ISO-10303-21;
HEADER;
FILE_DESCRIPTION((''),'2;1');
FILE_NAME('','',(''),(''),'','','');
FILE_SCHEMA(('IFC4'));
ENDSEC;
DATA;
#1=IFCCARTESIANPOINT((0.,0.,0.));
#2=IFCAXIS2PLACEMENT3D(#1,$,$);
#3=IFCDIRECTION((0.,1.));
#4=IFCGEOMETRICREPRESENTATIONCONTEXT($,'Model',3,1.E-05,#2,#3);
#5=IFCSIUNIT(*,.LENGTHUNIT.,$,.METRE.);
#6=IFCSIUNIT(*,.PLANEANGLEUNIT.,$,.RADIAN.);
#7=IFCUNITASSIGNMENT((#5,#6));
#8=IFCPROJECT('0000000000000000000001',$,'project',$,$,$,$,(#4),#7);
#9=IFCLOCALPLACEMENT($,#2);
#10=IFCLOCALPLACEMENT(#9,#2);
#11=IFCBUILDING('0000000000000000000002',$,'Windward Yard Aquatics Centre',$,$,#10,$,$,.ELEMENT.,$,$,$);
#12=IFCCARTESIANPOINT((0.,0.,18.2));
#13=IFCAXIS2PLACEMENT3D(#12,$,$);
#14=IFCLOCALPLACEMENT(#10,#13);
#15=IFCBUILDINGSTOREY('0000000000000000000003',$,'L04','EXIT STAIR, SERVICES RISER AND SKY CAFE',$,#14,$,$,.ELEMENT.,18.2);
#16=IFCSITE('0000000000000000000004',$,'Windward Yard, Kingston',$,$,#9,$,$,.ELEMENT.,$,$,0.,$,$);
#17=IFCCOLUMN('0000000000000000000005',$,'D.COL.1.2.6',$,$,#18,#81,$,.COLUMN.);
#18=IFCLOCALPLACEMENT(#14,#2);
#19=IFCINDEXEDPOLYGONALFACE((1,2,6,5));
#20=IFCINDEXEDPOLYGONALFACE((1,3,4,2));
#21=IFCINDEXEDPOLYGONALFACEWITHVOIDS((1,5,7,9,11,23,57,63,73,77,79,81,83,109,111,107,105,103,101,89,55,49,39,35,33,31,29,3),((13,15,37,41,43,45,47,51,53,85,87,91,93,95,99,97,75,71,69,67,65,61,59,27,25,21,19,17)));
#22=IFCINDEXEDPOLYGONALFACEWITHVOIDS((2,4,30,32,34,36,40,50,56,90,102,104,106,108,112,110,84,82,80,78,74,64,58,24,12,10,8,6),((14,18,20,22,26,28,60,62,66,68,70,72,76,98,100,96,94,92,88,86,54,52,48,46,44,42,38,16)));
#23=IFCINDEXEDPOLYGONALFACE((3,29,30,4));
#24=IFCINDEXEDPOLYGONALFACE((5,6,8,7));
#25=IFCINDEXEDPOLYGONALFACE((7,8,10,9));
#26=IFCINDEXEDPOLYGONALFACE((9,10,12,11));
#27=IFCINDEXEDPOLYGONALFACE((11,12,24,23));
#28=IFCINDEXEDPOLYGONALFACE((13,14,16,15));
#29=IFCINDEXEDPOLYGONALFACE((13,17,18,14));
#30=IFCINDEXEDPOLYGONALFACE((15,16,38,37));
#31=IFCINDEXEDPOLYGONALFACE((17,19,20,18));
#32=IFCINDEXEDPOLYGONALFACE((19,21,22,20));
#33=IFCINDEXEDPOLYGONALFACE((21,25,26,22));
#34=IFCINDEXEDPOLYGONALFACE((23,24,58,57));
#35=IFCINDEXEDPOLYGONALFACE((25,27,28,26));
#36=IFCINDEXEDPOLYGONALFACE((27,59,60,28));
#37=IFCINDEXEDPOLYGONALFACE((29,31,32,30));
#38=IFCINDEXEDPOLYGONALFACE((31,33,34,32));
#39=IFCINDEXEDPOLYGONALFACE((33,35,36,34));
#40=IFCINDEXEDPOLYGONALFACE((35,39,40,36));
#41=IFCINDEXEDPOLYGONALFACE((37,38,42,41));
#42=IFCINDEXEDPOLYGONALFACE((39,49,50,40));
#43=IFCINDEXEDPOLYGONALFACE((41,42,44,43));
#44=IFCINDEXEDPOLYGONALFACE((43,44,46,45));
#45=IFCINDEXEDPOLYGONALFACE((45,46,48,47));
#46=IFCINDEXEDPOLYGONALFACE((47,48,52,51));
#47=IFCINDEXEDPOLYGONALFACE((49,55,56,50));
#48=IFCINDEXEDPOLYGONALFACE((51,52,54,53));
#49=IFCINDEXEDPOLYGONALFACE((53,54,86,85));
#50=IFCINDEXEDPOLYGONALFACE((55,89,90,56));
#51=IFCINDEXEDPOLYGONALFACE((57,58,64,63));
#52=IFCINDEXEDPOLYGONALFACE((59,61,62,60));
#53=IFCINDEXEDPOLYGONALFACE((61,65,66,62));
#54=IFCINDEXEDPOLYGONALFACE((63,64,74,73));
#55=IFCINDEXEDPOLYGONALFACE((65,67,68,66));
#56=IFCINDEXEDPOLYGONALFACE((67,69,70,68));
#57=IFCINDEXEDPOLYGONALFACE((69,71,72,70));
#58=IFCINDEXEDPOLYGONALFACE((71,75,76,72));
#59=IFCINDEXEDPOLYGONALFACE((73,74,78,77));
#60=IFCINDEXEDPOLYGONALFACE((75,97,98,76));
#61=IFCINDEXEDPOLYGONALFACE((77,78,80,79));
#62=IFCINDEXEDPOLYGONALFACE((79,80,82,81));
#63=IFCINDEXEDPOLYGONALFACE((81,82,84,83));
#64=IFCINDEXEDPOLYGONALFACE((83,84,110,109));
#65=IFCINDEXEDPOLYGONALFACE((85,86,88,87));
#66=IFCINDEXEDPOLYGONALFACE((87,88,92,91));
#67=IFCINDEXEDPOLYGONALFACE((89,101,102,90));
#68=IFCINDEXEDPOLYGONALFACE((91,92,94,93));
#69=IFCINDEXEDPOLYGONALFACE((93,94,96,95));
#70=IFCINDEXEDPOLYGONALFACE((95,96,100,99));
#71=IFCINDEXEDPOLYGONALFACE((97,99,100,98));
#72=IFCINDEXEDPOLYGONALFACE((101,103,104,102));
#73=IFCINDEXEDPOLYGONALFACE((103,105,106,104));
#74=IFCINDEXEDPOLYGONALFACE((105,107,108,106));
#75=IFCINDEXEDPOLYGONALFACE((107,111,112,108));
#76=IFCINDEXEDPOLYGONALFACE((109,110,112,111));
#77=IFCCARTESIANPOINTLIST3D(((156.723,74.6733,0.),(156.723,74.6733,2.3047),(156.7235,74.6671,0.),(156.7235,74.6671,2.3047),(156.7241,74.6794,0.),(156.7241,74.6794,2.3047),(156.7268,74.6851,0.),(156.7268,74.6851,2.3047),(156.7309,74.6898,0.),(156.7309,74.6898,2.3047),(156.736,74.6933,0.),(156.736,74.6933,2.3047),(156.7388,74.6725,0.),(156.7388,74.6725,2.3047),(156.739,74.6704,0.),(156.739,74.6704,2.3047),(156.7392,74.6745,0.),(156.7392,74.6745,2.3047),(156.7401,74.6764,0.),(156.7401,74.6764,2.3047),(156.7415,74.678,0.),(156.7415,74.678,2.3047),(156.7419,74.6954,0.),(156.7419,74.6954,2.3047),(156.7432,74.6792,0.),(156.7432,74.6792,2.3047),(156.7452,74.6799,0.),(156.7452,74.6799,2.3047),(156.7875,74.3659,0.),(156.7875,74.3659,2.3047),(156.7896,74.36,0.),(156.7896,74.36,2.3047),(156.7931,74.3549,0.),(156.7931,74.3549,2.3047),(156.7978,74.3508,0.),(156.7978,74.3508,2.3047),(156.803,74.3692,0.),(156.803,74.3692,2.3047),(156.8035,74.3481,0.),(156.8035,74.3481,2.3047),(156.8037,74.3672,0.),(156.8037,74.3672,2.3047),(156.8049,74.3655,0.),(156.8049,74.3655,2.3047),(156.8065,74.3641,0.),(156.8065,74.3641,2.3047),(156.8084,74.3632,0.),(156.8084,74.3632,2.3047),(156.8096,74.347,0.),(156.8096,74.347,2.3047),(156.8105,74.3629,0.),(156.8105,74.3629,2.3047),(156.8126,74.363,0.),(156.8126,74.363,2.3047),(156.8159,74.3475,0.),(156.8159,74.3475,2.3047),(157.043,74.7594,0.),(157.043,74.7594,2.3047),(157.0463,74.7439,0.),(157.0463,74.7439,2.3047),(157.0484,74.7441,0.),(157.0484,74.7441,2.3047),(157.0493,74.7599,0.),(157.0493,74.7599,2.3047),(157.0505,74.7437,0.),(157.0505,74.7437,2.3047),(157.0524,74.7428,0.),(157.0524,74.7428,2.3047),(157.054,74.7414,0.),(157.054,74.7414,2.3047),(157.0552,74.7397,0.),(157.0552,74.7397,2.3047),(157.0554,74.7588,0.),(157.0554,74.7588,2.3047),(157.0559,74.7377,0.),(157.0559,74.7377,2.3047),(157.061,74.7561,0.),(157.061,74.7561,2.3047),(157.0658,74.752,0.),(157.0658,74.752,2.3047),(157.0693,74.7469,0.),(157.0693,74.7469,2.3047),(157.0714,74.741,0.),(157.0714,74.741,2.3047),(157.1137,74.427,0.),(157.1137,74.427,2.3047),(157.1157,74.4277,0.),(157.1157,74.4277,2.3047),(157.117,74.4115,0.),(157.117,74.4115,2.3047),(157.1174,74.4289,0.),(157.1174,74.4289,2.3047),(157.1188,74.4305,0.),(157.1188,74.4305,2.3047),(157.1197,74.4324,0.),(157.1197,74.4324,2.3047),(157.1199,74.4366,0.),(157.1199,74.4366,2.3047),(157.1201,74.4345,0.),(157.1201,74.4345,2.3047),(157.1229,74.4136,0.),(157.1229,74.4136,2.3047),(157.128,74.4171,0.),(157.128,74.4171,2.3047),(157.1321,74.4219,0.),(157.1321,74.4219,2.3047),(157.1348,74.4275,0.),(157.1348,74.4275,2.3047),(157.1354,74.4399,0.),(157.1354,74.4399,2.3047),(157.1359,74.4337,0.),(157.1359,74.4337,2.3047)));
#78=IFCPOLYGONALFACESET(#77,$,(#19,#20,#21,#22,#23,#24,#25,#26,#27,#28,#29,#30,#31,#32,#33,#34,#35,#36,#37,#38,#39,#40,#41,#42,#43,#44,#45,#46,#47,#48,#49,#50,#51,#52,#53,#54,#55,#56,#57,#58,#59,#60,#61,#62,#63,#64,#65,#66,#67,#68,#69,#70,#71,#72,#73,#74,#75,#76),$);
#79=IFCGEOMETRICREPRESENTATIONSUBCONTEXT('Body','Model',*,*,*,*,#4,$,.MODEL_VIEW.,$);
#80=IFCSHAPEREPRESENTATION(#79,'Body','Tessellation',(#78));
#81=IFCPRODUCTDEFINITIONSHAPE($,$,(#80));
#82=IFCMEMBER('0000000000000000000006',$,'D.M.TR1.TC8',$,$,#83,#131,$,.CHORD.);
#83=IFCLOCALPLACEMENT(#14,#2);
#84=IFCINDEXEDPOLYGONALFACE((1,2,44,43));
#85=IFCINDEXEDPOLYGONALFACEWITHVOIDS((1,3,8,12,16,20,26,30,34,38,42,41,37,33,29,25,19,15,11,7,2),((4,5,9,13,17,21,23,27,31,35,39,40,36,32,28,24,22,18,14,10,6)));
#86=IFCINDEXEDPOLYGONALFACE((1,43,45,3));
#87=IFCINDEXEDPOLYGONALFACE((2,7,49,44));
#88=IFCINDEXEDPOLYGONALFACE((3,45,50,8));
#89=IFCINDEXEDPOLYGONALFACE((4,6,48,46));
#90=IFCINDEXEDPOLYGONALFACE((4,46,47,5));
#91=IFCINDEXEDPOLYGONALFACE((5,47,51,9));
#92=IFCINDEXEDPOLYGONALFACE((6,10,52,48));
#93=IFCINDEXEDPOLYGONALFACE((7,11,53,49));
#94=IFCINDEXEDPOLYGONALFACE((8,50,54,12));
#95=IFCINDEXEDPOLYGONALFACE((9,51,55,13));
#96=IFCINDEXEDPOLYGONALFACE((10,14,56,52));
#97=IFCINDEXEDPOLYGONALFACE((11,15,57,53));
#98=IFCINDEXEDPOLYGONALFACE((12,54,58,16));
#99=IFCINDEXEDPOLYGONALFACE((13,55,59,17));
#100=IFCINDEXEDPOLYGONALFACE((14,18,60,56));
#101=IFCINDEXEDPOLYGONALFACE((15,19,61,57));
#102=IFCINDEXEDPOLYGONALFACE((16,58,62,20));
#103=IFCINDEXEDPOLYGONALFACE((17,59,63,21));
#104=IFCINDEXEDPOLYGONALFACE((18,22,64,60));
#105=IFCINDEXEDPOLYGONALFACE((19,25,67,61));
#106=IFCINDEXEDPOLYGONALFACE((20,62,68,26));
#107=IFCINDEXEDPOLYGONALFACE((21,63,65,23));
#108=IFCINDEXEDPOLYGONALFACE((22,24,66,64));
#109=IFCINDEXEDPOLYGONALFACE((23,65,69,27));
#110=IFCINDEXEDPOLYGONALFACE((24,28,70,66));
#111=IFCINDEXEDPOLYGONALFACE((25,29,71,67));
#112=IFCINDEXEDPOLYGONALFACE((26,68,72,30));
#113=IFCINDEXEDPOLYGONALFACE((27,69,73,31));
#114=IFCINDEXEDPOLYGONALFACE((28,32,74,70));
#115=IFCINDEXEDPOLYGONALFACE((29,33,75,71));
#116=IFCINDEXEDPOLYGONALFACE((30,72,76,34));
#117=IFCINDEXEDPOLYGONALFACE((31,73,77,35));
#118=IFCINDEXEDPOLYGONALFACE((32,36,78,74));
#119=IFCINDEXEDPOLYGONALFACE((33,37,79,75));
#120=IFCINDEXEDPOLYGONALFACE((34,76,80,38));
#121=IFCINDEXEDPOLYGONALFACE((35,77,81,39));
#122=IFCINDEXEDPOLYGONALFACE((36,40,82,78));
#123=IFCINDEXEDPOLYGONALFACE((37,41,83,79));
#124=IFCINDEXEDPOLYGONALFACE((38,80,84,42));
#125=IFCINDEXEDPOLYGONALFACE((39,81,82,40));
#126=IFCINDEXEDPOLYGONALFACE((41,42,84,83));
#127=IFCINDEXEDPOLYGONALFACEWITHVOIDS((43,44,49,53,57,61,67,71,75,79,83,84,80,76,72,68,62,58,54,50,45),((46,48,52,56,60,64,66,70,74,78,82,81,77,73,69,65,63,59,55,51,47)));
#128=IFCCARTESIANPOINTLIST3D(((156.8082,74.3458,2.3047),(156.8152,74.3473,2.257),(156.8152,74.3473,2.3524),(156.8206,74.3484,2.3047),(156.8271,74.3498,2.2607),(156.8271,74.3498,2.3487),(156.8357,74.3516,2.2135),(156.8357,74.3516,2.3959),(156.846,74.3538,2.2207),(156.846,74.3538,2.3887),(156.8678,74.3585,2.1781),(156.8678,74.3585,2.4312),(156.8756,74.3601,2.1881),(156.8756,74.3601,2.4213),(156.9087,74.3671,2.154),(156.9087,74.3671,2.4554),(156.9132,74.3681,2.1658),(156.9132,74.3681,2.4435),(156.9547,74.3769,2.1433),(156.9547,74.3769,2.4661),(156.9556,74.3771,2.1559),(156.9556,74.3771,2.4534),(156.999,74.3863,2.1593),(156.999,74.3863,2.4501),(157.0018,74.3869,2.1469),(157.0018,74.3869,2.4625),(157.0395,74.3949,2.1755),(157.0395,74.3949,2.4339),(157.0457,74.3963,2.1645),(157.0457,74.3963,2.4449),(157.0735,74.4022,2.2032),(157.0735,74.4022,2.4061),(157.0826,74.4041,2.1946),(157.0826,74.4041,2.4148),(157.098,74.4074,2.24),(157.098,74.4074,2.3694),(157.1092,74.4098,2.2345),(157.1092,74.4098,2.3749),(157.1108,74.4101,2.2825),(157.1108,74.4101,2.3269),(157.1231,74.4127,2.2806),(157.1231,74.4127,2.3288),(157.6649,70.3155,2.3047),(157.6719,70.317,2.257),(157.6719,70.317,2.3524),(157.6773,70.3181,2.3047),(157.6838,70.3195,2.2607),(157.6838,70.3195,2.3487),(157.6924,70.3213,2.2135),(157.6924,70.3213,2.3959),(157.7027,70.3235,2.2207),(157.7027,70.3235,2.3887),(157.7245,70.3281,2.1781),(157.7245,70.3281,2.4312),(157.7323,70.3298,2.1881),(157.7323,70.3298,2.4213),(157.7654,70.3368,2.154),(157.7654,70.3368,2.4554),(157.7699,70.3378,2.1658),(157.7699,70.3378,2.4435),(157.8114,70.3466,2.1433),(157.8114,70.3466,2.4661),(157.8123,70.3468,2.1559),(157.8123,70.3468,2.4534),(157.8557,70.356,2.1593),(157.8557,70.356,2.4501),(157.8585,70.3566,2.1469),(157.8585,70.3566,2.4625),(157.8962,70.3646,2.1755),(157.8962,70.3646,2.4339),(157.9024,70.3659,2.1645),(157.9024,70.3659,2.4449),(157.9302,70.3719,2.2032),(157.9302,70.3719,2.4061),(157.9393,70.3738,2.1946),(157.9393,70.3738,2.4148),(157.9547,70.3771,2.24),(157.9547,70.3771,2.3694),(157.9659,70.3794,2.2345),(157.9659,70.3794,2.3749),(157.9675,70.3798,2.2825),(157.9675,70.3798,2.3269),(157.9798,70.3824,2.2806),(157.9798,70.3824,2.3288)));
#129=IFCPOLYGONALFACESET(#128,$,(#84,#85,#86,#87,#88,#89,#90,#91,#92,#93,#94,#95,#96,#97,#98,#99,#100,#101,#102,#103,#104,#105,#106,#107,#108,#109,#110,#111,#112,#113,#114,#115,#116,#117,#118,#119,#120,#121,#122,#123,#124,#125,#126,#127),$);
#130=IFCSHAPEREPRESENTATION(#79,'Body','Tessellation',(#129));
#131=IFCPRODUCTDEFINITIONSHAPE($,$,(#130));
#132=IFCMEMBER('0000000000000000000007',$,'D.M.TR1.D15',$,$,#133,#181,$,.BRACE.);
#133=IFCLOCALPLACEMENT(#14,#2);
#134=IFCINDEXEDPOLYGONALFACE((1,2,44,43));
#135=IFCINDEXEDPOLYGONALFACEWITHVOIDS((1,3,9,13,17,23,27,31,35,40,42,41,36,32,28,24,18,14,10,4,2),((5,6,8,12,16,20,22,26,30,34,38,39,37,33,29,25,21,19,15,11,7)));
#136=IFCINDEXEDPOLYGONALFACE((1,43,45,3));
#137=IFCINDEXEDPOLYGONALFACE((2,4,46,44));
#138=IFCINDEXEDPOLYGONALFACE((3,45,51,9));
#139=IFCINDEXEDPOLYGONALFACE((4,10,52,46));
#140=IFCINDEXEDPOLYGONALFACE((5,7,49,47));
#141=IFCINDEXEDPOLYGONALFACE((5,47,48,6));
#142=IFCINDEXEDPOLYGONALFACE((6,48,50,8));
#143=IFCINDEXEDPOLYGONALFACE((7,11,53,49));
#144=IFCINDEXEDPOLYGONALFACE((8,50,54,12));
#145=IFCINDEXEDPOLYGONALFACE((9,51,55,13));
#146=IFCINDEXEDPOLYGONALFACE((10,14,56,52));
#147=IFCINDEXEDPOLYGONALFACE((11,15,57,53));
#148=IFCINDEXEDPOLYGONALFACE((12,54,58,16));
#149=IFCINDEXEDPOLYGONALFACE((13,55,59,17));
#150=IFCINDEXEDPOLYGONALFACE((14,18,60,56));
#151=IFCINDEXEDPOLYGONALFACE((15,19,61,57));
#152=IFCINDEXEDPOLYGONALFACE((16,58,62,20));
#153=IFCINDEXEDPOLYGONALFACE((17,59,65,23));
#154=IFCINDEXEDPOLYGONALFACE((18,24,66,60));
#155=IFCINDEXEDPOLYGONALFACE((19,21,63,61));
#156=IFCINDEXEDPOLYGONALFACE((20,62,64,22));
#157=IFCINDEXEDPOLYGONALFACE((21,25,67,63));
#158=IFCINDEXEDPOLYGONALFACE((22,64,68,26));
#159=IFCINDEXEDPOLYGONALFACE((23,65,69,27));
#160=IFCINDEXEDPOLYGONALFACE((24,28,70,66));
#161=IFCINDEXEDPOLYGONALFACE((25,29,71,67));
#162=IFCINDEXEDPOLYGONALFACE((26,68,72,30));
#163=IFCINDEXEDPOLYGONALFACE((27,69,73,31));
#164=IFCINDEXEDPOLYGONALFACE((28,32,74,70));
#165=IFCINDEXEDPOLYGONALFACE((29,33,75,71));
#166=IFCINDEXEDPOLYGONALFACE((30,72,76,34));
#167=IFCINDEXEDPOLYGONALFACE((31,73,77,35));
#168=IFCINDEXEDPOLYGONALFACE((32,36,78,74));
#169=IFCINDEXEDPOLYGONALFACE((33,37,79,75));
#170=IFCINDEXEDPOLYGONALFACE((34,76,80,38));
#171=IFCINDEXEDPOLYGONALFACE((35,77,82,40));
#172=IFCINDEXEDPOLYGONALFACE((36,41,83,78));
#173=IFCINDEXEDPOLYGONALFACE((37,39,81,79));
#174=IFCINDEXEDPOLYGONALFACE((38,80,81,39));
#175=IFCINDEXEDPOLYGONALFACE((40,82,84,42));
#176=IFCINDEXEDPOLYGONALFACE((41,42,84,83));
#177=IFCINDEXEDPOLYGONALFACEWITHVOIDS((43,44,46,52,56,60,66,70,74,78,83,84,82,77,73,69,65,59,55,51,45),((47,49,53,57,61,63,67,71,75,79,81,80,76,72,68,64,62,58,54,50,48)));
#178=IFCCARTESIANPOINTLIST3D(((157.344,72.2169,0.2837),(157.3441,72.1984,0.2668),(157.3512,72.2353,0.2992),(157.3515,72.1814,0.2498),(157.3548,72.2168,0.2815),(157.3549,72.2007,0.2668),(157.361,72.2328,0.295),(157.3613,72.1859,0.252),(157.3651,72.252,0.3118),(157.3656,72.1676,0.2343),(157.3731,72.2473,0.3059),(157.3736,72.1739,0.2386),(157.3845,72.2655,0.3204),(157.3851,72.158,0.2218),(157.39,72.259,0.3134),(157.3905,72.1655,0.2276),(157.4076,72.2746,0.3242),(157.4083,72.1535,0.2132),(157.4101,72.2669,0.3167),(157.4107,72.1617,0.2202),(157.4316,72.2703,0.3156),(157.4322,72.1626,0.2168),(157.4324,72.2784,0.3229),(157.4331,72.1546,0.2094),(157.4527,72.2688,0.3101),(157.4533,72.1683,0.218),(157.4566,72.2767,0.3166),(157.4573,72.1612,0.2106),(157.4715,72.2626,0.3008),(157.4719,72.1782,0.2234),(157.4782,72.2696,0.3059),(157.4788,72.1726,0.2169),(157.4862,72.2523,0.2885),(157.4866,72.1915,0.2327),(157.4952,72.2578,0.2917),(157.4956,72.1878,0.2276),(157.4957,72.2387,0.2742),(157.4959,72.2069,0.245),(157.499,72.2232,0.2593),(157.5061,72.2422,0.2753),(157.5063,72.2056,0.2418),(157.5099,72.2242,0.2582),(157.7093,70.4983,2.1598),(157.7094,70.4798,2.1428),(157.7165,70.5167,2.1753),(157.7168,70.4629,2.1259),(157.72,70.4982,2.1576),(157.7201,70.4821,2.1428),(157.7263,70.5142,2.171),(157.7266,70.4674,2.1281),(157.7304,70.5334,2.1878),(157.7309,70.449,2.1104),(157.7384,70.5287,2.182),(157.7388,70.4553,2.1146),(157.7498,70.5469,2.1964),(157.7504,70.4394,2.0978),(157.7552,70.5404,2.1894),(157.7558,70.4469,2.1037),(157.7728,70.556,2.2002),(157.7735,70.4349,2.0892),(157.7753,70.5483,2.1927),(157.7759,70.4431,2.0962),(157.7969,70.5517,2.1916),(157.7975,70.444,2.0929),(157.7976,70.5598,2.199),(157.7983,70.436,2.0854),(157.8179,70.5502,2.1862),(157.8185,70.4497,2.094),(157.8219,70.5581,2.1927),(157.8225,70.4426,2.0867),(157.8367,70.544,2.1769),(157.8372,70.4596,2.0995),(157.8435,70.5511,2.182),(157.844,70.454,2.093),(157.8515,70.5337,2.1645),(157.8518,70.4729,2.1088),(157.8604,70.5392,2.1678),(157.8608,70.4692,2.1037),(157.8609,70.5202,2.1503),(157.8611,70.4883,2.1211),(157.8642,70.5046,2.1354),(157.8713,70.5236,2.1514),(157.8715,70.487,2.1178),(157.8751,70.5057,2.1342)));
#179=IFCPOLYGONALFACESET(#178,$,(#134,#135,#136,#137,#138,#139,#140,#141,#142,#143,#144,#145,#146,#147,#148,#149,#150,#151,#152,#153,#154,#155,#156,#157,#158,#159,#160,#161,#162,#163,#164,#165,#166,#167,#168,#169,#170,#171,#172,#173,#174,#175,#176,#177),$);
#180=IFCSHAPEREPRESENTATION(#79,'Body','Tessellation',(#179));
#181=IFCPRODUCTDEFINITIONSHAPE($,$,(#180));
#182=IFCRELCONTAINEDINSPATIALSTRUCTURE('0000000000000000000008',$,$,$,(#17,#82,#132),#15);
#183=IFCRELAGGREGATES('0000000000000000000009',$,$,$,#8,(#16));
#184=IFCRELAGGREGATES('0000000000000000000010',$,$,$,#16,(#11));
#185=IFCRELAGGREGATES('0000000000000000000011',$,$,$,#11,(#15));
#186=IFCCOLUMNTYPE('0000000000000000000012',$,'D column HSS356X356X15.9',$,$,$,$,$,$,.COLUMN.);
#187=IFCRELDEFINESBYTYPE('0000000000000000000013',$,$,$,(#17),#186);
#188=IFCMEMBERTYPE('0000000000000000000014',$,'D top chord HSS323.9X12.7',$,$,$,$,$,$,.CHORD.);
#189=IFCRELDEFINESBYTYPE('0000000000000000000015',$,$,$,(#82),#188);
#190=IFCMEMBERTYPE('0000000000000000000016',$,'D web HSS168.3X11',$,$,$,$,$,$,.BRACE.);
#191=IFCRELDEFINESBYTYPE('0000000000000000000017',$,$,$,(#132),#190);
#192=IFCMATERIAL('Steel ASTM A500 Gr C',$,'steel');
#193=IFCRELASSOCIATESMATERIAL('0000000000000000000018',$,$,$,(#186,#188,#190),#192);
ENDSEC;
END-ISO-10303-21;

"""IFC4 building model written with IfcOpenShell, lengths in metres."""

from ifc_helpers import new_model, si_unit, direction, frame, origin, origin_2d, place, context, subcontext, project, spatial, hollow_rectangle, hollow_circle, extrude, material, material_profile, profile_set, type_object, element, save


model = new_model("IFC4")

# Units and contexts
model_context = context("Model", 3, precision=1e-05, world=origin(), true_north=direction((0.0, 1.0)))
body_context = subcontext(model_context, "Body", "Model", "MODEL_VIEW")
ifc_project = project(units=[si_unit("LENGTHUNIT", "METRE"), si_unit("PLANEANGLEUNIT", "RADIAN")], contexts=[model_context])

# Site, building, storey
site_placement = place(None, origin())
site = spatial("IfcSite", under=ifc_project, at=site_placement, Name="Windward Yard, Kingston", CompositionType="ELEMENT", RefElevation=0.0)
building_placement = place(site_placement, origin())
building = spatial("IfcBuilding", under=site, at=building_placement, Name="Windward Yard Aquatics Centre", CompositionType="ELEMENT")
storey_placement = place(building_placement, frame((0.0, 0.0, 18.2)))
storey = spatial("IfcBuildingStorey", under=building, at=storey_placement, Name="L04", Description="EXIT STAIR, SERVICES RISER AND SKY CAFE", CompositionType="ELEMENT", Elevation=18.2)

# Column
ifc_material_1 = material(Name="Steel ASTM A500 Gr C", Category="steel")
ifc_material_profile_1 = material_profile(ifc_material_1, hollow_rectangle(XDim=0.3557, YDim=0.3557, WallThickness=0.0159, InnerFilletRadius=0.0081, OuterFilletRadius=0.0239, at=origin_2d()), Name="HSS356X356X15.9")
ifc_profile_set_1 = profile_set([ifc_material_profile_1], Name="Steel ASTM A500 Gr C")
column_type = type_object("IfcColumnType", Name="D column HSS356X356X15.9", PredefinedType="COLUMN", material=ifc_profile_set_1)
column_placement = place(storey_placement, frame((156.9294, 74.5535, 0.0), z_axis=(0.0, 0.0, 1.0), x_axis=(0.978148, 0.207912, 0.0)))
element("IfcColumn", 1, at=column_placement, inside=storey, type_object=column_type, Name="D.COL.1.2.6", PredefinedType="COLUMN", context=body_context, shape_type="SweptSolid", body=[
    extrude(hollow_rectangle(XDim=0.3557, YDim=0.3557, WallThickness=0.0159, InnerFilletRadius=0.0081, OuterFilletRadius=0.0239, at=origin_2d()), origin(), (0.0, 0.0, 1.0), 2.3047),
])

# Members
ifc_material_profile_2 = material_profile(ifc_material_1, hollow_circle(Radius=0.1619, WallThickness=0.0127, at=origin_2d()), Name="HSS323.9X12.7")
ifc_profile_set_2 = profile_set([ifc_material_profile_2], Name="Steel ASTM A500 Gr C")
member_type_1 = type_object("IfcMemberType", Name="D top chord HSS323.9X12.7", PredefinedType="CHORD", material=ifc_profile_set_2)
member_1_placement = place(storey_placement, frame((157.8232, 70.3491, 2.3047), z_axis=(-0.207918, 0.978146, 0.0), x_axis=(-0.978146, -0.207918, 0.0)))
element("IfcMember", 2, at=member_1_placement, inside=storey, type_object=member_type_1, Name="D.M.TR1.TC8", PredefinedType="CHORD", context=body_context, shape_type="SweptSolid", body=[
    extrude(hollow_circle(Radius=0.1619, WallThickness=0.0127, at=origin_2d()), origin(), (0.0, 0.0, 1.0), 4.1204),
])
ifc_material_profile_3 = material_profile(ifc_material_1, hollow_circle(Radius=0.0842, WallThickness=0.011, at=origin_2d()), Name="HSS168.3X11")
ifc_profile_set_3 = profile_set([ifc_material_profile_3], Name="Steel ASTM A500 Gr C")
member_type_2 = type_object("IfcMemberType", Name="D web HSS168.3X11", PredefinedType="BRACE", material=ifc_profile_set_3)
member_2_placement = place(storey_placement, frame((157.7917, 70.4973, 2.1428), z_axis=(-0.142103, 0.668626, -0.729894), x_axis=(-0.978153, -0.207887, 0.0)))
element("IfcMember", 3, at=member_2_placement, inside=storey, type_object=member_type_2, Name="D.M.TR1.D15", PredefinedType="BRACE", context=body_context, shape_type="SweptSolid", body=[
    extrude(hollow_circle(Radius=0.0842, WallThickness=0.011, at=origin_2d()), origin(), (0.0, 0.0, 1.0), 2.5703),
])

save(model, "model.ifc")
